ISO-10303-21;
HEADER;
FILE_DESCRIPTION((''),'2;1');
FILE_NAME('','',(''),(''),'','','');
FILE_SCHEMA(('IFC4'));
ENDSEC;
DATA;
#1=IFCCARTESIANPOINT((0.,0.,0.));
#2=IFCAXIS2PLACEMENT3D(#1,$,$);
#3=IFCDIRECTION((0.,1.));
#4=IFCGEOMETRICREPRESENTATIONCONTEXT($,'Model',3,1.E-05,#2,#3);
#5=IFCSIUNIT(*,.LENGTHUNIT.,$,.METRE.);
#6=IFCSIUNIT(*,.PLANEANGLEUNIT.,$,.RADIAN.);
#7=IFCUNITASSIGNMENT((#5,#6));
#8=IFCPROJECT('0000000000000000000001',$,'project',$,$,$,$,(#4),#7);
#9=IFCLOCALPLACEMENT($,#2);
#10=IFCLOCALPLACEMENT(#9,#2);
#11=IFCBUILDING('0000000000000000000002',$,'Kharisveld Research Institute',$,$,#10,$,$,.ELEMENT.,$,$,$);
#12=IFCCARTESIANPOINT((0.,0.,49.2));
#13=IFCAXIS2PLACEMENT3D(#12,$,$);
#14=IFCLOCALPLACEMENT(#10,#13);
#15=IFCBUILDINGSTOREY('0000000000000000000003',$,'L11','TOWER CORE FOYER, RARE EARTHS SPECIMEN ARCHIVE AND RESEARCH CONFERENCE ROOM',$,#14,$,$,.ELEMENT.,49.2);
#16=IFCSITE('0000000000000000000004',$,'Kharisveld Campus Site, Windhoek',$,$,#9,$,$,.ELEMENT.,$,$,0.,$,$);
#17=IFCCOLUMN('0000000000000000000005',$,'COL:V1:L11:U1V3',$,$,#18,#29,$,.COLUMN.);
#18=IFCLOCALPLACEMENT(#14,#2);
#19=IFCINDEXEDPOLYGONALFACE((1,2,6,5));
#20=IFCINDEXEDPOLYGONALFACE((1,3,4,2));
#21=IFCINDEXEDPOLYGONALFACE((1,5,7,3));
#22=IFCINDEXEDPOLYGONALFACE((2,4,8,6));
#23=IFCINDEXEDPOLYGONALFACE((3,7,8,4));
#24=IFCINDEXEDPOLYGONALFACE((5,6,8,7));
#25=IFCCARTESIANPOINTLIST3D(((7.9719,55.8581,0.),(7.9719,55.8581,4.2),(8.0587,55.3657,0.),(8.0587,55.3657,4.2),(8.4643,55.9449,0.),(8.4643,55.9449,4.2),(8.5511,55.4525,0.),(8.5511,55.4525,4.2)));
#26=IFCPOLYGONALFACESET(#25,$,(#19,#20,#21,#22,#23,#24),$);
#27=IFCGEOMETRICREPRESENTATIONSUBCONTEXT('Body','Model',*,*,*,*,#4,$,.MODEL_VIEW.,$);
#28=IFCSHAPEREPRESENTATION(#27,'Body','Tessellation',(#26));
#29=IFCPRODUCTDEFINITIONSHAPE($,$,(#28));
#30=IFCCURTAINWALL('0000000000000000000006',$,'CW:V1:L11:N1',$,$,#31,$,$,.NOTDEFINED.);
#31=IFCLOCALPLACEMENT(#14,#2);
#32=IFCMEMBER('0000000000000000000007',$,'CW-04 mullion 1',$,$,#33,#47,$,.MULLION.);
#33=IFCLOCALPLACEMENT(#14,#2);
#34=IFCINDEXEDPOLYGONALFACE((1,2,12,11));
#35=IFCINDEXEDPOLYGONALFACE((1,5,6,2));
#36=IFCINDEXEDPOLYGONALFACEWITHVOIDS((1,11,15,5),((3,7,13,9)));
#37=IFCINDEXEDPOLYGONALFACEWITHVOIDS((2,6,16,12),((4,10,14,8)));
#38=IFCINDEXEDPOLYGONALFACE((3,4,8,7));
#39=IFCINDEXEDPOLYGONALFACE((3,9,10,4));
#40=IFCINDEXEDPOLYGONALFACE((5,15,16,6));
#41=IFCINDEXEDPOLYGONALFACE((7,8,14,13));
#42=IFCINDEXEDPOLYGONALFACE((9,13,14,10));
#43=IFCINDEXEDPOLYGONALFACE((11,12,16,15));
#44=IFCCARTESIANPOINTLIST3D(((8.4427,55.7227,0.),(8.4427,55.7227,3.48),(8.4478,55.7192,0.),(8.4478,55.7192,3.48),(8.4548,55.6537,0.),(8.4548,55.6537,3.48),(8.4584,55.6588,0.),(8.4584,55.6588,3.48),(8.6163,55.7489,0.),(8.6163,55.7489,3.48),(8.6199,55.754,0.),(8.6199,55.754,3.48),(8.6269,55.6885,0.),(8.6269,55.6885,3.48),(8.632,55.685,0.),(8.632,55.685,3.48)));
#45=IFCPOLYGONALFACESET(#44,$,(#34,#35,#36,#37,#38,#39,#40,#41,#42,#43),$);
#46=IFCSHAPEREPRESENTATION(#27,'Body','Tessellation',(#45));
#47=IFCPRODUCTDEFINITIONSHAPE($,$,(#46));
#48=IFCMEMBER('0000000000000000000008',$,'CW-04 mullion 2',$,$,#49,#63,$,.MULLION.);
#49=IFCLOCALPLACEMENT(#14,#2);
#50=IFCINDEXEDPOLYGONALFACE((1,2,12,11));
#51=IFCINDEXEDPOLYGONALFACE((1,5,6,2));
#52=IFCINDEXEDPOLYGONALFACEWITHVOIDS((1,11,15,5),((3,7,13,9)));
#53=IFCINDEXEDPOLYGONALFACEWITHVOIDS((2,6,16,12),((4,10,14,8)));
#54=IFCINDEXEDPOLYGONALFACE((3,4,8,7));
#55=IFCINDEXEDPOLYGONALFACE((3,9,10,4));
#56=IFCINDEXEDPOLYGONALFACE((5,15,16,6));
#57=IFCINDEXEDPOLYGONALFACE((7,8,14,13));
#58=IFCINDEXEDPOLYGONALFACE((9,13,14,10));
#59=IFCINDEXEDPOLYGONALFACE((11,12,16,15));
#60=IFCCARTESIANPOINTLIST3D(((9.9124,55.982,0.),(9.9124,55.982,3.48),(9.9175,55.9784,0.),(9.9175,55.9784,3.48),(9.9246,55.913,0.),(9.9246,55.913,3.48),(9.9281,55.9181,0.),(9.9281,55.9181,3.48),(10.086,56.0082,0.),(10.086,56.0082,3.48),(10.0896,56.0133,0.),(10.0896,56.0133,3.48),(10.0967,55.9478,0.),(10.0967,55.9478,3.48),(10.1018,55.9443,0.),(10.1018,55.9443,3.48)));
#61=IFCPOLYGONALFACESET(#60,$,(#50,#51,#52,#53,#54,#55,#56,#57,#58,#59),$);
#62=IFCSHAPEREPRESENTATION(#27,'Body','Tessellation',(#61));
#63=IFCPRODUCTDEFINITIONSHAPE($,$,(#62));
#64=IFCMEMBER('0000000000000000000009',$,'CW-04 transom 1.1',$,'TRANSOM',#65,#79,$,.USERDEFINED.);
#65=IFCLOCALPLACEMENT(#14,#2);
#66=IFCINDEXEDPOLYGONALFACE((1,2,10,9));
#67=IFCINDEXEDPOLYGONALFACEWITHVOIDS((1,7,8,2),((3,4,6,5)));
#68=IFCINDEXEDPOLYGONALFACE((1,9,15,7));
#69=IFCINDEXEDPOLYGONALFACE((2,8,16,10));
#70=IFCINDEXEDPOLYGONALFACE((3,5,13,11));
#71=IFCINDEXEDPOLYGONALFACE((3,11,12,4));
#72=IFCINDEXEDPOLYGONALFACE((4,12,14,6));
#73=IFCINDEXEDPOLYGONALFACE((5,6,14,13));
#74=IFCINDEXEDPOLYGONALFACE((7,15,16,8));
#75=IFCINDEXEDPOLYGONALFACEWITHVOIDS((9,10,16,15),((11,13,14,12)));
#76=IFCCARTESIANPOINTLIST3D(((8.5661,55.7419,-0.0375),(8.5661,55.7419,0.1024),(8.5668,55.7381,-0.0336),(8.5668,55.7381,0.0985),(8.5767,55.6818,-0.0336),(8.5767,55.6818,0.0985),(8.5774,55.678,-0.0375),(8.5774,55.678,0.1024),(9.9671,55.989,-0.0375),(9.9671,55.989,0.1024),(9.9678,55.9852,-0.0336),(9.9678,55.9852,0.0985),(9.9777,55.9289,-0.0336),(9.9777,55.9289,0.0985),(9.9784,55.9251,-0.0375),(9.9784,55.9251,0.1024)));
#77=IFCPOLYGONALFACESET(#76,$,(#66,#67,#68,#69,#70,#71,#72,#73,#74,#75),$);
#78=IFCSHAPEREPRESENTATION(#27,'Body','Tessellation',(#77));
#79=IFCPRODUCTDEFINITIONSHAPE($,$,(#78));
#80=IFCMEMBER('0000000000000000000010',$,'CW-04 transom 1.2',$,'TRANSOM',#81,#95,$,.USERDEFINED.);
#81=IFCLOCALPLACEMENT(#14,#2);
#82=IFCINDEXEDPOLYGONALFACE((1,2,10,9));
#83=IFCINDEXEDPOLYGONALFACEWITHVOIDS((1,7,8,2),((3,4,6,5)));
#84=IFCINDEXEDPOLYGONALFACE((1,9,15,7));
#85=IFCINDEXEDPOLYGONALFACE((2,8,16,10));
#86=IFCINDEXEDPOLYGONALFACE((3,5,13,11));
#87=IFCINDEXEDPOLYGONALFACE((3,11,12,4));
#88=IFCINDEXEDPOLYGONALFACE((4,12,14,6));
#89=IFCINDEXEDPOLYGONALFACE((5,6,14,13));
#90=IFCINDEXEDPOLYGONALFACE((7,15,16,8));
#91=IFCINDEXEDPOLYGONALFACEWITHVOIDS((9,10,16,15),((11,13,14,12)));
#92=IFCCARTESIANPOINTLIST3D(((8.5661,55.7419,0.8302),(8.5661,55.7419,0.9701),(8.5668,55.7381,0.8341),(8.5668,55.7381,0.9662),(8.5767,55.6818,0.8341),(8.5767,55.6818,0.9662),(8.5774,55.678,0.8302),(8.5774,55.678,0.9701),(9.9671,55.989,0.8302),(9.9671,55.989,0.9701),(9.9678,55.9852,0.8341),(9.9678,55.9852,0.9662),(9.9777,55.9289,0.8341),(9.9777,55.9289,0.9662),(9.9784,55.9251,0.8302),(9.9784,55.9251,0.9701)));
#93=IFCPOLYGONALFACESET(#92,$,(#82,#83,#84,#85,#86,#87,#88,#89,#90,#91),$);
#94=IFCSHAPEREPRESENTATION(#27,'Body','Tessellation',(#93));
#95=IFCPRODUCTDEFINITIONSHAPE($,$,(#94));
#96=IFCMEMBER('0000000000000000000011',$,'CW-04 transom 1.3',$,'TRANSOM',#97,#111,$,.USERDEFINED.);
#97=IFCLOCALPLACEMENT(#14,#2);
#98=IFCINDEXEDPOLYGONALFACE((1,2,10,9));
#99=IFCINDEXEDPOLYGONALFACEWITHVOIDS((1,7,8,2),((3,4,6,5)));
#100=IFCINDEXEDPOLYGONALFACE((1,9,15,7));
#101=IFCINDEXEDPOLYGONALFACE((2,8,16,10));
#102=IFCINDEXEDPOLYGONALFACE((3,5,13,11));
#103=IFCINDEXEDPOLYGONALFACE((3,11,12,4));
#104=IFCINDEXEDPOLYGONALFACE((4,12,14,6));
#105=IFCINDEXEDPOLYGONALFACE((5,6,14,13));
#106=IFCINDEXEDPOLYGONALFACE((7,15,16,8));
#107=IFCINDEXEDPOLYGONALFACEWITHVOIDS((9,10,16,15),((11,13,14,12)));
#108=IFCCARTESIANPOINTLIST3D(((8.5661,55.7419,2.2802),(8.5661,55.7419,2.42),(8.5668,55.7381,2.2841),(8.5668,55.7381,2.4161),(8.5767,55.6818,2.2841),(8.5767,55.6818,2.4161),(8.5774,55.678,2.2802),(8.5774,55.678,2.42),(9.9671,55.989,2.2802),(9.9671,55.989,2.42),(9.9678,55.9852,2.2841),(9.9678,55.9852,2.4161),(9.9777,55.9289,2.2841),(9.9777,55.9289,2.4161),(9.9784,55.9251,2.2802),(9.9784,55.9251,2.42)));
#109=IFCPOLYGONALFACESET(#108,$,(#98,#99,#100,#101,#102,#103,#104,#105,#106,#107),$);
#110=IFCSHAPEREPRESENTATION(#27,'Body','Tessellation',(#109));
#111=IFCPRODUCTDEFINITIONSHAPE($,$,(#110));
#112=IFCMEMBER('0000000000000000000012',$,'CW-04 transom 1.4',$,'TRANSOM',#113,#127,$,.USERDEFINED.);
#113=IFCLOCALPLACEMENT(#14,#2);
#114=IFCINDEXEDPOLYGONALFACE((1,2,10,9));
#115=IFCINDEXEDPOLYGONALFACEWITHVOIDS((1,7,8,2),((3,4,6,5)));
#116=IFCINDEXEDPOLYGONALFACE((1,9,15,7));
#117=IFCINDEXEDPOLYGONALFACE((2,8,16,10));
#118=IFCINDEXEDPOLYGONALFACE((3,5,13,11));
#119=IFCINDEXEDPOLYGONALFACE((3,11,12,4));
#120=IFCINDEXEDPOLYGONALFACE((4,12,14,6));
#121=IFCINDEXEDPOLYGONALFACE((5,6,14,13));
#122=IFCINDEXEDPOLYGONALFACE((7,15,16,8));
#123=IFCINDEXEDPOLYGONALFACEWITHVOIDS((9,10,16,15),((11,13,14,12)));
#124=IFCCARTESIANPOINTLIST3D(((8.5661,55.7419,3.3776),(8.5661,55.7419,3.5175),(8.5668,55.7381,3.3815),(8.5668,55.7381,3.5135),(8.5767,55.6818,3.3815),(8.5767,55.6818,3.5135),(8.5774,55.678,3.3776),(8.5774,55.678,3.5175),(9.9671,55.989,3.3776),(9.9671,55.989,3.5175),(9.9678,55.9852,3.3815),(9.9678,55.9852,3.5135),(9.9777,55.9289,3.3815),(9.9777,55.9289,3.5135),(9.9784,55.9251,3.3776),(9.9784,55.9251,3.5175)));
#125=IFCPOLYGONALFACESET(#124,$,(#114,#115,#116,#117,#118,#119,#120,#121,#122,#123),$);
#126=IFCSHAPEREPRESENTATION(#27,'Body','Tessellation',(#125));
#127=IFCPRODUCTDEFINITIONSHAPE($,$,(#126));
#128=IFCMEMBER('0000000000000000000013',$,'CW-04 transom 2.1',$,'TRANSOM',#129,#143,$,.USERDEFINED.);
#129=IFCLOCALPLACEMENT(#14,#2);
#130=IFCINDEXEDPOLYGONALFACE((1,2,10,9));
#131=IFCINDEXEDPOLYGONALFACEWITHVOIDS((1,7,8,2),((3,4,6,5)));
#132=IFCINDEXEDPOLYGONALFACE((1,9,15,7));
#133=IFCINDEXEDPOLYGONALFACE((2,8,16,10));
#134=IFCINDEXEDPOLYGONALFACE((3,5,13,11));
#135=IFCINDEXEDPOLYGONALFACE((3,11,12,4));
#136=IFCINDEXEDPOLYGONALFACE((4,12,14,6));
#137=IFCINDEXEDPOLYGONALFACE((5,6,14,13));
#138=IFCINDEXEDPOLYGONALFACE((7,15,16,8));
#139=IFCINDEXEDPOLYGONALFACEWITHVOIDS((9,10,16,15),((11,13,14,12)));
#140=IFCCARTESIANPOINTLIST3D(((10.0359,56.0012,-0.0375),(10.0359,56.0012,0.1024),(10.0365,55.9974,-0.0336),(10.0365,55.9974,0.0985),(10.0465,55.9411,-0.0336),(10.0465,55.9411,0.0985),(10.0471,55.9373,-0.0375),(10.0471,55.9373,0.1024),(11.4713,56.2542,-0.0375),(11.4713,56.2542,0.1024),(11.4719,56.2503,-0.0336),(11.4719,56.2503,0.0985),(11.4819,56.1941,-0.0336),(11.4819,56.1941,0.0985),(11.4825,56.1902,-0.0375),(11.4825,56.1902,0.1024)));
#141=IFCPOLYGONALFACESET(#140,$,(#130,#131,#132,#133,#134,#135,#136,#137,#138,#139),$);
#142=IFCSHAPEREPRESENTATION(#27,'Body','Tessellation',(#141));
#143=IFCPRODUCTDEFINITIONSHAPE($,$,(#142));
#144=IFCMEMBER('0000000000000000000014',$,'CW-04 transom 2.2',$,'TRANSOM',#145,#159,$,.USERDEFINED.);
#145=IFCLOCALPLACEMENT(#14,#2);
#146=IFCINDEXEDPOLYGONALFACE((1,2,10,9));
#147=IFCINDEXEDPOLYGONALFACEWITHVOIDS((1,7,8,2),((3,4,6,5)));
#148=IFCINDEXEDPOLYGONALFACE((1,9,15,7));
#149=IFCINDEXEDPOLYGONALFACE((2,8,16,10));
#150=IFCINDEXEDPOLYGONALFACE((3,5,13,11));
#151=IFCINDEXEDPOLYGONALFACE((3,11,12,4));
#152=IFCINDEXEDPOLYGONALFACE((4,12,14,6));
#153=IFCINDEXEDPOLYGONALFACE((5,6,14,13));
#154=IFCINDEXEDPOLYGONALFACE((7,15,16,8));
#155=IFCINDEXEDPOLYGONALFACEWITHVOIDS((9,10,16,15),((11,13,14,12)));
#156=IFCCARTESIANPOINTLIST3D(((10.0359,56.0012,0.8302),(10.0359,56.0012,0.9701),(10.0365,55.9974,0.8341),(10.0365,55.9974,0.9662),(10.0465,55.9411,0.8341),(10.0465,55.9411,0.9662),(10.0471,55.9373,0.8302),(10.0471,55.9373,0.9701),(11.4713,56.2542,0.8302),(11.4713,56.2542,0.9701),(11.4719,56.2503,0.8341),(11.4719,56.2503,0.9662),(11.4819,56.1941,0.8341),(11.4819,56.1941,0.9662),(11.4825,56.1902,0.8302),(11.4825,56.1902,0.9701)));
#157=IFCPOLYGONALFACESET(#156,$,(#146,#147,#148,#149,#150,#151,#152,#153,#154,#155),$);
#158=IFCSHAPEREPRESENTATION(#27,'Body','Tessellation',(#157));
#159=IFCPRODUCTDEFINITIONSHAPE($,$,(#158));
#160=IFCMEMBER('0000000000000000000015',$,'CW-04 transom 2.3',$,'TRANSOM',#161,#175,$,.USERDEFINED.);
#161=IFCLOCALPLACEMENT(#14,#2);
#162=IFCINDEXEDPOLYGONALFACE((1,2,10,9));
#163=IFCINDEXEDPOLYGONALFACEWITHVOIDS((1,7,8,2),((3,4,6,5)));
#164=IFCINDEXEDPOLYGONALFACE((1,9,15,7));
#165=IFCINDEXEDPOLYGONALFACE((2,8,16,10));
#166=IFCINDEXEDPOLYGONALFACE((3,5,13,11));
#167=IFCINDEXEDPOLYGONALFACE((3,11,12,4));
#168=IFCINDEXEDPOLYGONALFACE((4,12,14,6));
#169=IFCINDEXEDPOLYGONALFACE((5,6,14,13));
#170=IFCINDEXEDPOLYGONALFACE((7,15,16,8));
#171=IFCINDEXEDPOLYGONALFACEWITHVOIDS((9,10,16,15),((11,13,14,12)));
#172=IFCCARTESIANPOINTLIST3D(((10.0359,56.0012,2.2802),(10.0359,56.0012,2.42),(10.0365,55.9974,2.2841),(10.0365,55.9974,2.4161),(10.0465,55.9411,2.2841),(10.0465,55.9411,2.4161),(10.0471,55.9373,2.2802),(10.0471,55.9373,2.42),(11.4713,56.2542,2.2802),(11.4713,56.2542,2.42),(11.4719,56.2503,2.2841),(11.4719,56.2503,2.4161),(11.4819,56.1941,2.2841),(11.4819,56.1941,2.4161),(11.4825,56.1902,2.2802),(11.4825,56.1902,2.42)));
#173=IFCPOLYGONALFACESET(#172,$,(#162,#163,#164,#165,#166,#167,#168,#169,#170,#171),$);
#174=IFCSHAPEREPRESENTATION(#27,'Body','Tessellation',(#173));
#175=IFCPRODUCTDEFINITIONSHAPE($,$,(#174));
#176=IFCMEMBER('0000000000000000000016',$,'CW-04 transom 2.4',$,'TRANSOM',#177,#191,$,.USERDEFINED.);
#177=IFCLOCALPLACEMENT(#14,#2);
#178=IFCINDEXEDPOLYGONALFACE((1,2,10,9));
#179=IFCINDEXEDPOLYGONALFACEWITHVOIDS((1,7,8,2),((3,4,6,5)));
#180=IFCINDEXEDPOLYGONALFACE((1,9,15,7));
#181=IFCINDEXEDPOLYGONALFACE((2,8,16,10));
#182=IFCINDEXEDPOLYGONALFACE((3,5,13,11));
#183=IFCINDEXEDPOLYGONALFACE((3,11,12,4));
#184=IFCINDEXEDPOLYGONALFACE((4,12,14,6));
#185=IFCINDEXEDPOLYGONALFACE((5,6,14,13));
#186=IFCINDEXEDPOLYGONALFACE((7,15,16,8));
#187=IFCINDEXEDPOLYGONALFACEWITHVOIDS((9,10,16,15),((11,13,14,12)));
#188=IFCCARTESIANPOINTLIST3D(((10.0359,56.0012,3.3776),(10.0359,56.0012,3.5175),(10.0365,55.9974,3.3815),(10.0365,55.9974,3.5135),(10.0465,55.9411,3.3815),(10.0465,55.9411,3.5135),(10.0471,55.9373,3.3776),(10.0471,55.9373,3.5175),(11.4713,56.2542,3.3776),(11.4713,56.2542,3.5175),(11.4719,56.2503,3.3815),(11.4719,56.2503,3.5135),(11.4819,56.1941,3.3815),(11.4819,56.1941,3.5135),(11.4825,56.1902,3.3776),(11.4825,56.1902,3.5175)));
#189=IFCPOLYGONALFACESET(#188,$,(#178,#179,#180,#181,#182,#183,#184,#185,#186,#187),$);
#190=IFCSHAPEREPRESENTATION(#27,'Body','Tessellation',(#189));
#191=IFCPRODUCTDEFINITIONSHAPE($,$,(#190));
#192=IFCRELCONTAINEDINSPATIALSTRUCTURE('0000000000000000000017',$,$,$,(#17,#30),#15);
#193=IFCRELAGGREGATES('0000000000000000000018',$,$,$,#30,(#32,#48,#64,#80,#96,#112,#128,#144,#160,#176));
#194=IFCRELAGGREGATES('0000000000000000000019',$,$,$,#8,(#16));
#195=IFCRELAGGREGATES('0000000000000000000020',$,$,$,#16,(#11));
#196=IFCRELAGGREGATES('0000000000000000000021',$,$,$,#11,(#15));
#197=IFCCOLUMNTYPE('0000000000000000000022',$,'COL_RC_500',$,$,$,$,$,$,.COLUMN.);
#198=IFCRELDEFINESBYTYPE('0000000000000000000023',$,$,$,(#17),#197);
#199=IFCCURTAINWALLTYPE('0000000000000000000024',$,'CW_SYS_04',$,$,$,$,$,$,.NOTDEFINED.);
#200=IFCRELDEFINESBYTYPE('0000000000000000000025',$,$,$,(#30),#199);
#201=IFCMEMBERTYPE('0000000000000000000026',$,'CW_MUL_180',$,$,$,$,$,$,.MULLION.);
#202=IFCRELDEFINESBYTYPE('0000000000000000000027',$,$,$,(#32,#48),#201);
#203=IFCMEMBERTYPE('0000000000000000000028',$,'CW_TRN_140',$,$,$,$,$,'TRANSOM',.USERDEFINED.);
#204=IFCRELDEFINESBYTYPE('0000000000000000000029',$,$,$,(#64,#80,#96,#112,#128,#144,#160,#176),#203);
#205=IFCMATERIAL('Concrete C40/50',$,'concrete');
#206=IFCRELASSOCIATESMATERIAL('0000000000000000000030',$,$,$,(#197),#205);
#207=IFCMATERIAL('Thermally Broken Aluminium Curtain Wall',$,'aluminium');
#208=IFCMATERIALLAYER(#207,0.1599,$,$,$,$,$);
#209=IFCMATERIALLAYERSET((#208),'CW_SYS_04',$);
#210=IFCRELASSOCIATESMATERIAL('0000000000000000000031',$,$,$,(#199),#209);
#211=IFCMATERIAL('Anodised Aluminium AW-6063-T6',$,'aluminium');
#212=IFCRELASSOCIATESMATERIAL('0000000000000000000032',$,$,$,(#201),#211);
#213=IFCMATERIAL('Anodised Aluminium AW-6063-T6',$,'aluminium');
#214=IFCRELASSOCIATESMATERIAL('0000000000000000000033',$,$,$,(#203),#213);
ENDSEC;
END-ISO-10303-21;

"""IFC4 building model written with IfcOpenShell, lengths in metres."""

from ifc_helpers import new_model, si_unit, direction, frame, origin, origin_2d, place, context, subcontext, project, spatial, rectangle, hollow_rectangle, extrude, material, layer, layer_set, material_profile, profile_set, type_object, element, aggregate, save


model = new_model("IFC4")

# Units and contexts
model_context = context("Model", 3, precision=1e-05, world=origin(), true_north=direction((0.0, 1.0)))
body_context = subcontext(model_context, "Body", "Model", "MODEL_VIEW")
ifc_project = project(units=[si_unit("LENGTHUNIT", "METRE"), si_unit("PLANEANGLEUNIT", "RADIAN")], contexts=[model_context])

# Site, building, storey
site_placement = place(None, origin())
site = spatial("IfcSite", under=ifc_project, at=site_placement, Name="Kharisveld Campus Site, Windhoek", CompositionType="ELEMENT", RefElevation=0.0)
building_placement = place(site_placement, origin())
building = spatial("IfcBuilding", under=site, at=building_placement, Name="Kharisveld Research Institute", CompositionType="ELEMENT")
storey_placement = place(building_placement, frame((0.0, 0.0, 49.2)))
storey = spatial("IfcBuildingStorey", under=building, at=storey_placement, Name="L11", Description="TOWER CORE FOYER, RARE EARTHS SPECIMEN ARCHIVE AND RESEARCH CONFERENCE ROOM", CompositionType="ELEMENT", Elevation=49.2)

# Column
ifc_material_1 = material(Name="Concrete C40/50", Category="concrete")
ifc_material_profile_1 = material_profile(ifc_material_1, rectangle(XDim=0.5, YDim=0.5, at=origin_2d()))
ifc_profile_set_1 = profile_set([ifc_material_profile_1], Name="Concrete C40/50")
column_type = type_object("IfcColumnType", Name="COL_RC_500", PredefinedType="COLUMN", material=ifc_profile_set_1)
column_placement = place(storey_placement, frame((8.2615, 55.6553, 0.0), z_axis=(0.0, 0.0, 1.0), x_axis=(0.984808, 0.173648, 0.0)))
element("IfcColumn", 1, at=column_placement, inside=storey, type_object=column_type, Name="COL:V1:L11:U1V3", PredefinedType="COLUMN", context=body_context, shape_type="SweptSolid", body=[
    extrude(rectangle(XDim=0.5, YDim=0.5, at=origin_2d()), origin(), (0.0, 0.0, 1.0), 4.2),
])

# Curtain wall, members
ifc_material_2 = material(Name="Thermally Broken Aluminium Curtain Wall", Category="aluminium")
ifc_layer_1 = layer(ifc_material_2, 0.1599)
ifc_layer_set_1 = layer_set([ifc_layer_1], Name="CW_SYS_04")
curtain_wall_type = type_object("IfcCurtainWallType", Name="CW_SYS_04", PredefinedType="NOTDEFINED", material=ifc_layer_set_1)
curtain_wall_placement = place(storey_placement, origin())
curtain_wall = element("IfcCurtainWall", 2, at=curtain_wall_placement, inside=storey, type_object=curtain_wall_type, Name="CW:V1:L11:N1", PredefinedType="NOTDEFINED")
ifc_material_3 = material(Name="Anodised Aluminium AW-6063-T6", Category="aluminium")
ifc_material_profile_2 = material_profile(ifc_material_3, hollow_rectangle(XDim=0.0701, YDim=0.1799, WallThickness=0.0044, at=origin_2d()))
ifc_profile_set_2 = profile_set([ifc_material_profile_2], Name="Anodised Aluminium AW-6063-T6")
member_type_1 = type_object("IfcMemberType", Name="CW_MUL_180", PredefinedType="MULLION", material=ifc_profile_set_2)
member_1_placement = place(storey_placement, frame((8.5374, 55.7039, 0.0), z_axis=(0.0, 0.0, 1.0), x_axis=(-0.173648, 0.984808, 0.0)))
member_1 = element("IfcMember", 3, at=member_1_placement, type_object=member_type_1, Name="CW-04 mullion 1", PredefinedType="MULLION", context=body_context, shape_type="SweptSolid", body=[
    extrude(hollow_rectangle(XDim=0.0701, YDim=0.1799, WallThickness=0.0044, at=origin_2d()), origin(), (0.0, 0.0, 1.0), 3.48),
])
member_2_placement = place(storey_placement, frame((10.0071, 55.9631, 0.0), z_axis=(0.0, 0.0, 1.0), x_axis=(-0.173648, 0.984808, 0.0)))
member_2 = element("IfcMember", 4, at=member_2_placement, type_object=member_type_1, Name="CW-04 mullion 2", PredefinedType="MULLION", context=body_context, shape_type="SweptSolid", body=[
    extrude(hollow_rectangle(XDim=0.0701, YDim=0.1799, WallThickness=0.0044, at=origin_2d()), origin(), (0.0, 0.0, 1.0), 3.48),
])
ifc_material_4 = material(Name="Anodised Aluminium AW-6063-T6", Category="aluminium")
ifc_material_profile_3 = material_profile(ifc_material_4, hollow_rectangle(XDim=0.0649, YDim=0.1399, WallThickness=0.0039, at=origin_2d()))
ifc_profile_set_3 = profile_set([ifc_material_profile_3], Name="Anodised Aluminium AW-6063-T6")
member_type_2 = type_object("IfcMemberType", Name="CW_TRN_140", ElementType="TRANSOM", PredefinedType="USERDEFINED", material=ifc_profile_set_3)
member_3_placement = place(storey_placement, frame((8.5718, 55.71, 0.0325), z_axis=(0.984801, 0.173687, 0.0), x_axis=(-0.173687, 0.984801, 0.0)))
member_3 = element("IfcMember", 5, at=member_3_placement, type_object=member_type_2, Name="CW-04 transom 1.1", ObjectType="TRANSOM", PredefinedType="USERDEFINED", context=body_context, shape_type="SweptSolid", body=[
    extrude(hollow_rectangle(XDim=0.0649, YDim=0.1399, WallThickness=0.0039, at=origin_2d()), origin(), (0.0, 0.0, 1.0), 1.4226),
])
member_4_placement = place(storey_placement, frame((8.5718, 55.71, 0.9001), z_axis=(0.984801, 0.173687, 0.0), x_axis=(-0.173687, 0.984801, 0.0)))
member_4 = element("IfcMember", 6, at=member_4_placement, type_object=member_type_2, Name="CW-04 transom 1.2", ObjectType="TRANSOM", PredefinedType="USERDEFINED", context=body_context, shape_type="SweptSolid", body=[
    extrude(hollow_rectangle(XDim=0.0649, YDim=0.1399, WallThickness=0.0039, at=origin_2d()), origin(), (0.0, 0.0, 1.0), 1.4226),
])
member_5_placement = place(storey_placement, frame((8.5718, 55.71, 2.3501), z_axis=(0.984801, 0.173687, 0.0), x_axis=(-0.173687, 0.984801, 0.0)))
member_5 = element("IfcMember", 7, at=member_5_placement, type_object=member_type_2, Name="CW-04 transom 1.3", ObjectType="TRANSOM", PredefinedType="USERDEFINED", context=body_context, shape_type="SweptSolid", body=[
    extrude(hollow_rectangle(XDim=0.0649, YDim=0.1399, WallThickness=0.0039, at=origin_2d()), origin(), (0.0, 0.0, 1.0), 1.4226),
])
member_6_placement = place(storey_placement, frame((8.5718, 55.71, 3.4475), z_axis=(0.984801, 0.173687, 0.0), x_axis=(-0.173687, 0.984801, 0.0)))
member_6 = element("IfcMember", 8, at=member_6_placement, type_object=member_type_2, Name="CW-04 transom 1.4", ObjectType="TRANSOM", PredefinedType="USERDEFINED", context=body_context, shape_type="SweptSolid", body=[
    extrude(hollow_rectangle(XDim=0.0649, YDim=0.1399, WallThickness=0.0039, at=origin_2d()), origin(), (0.0, 0.0, 1.0), 1.4226),
])
member_7_placement = place(storey_placement, frame((10.0415, 55.9692, 0.0325), z_axis=(0.984826, 0.173546, 0.0), x_axis=(-0.173546, 0.984826, 0.0)))
member_7 = element("IfcMember", 9, at=member_7_placement, type_object=member_type_2, Name="CW-04 transom 2.1", ObjectType="TRANSOM", PredefinedType="USERDEFINED", context=body_context, shape_type="SweptSolid", body=[
    extrude(hollow_rectangle(XDim=0.0649, YDim=0.1399, WallThickness=0.0039, at=origin_2d()), origin(), (0.0, 0.0, 1.0), 1.4575),
])
member_8_placement = place(storey_placement, frame((10.0415, 55.9692, 0.9001), z_axis=(0.984826, 0.173546, 0.0), x_axis=(-0.173546, 0.984826, 0.0)))
member_8 = element("IfcMember", 10, at=member_8_placement, type_object=member_type_2, Name="CW-04 transom 2.2", ObjectType="TRANSOM", PredefinedType="USERDEFINED", context=body_context, shape_type="SweptSolid", body=[
    extrude(hollow_rectangle(XDim=0.0649, YDim=0.1399, WallThickness=0.0039, at=origin_2d()), origin(), (0.0, 0.0, 1.0), 1.4575),
])
member_9_placement = place(storey_placement, frame((10.0415, 55.9692, 2.3501), z_axis=(0.984826, 0.173546, 0.0), x_axis=(-0.173546, 0.984826, 0.0)))
member_9 = element("IfcMember", 11, at=member_9_placement, type_object=member_type_2, Name="CW-04 transom 2.3", ObjectType="TRANSOM", PredefinedType="USERDEFINED", context=body_context, shape_type="SweptSolid", body=[
    extrude(hollow_rectangle(XDim=0.0649, YDim=0.1399, WallThickness=0.0039, at=origin_2d()), origin(), (0.0, 0.0, 1.0), 1.4575),
])
member_10_placement = place(storey_placement, frame((10.0415, 55.9692, 3.4475), z_axis=(0.984826, 0.173546, 0.0), x_axis=(-0.173546, 0.984826, 0.0)))
member_10 = element("IfcMember", 12, at=member_10_placement, type_object=member_type_2, Name="CW-04 transom 2.4", ObjectType="TRANSOM", PredefinedType="USERDEFINED", context=body_context, shape_type="SweptSolid", body=[
    extrude(hollow_rectangle(XDim=0.0649, YDim=0.1399, WallThickness=0.0039, at=origin_2d()), origin(), (0.0, 0.0, 1.0), 1.4575),
])
aggregate(curtain_wall, [member_1, member_2, member_3, member_4, member_5, member_6, member_7, member_8, member_9, member_10])

save(model, "model.ifc")
